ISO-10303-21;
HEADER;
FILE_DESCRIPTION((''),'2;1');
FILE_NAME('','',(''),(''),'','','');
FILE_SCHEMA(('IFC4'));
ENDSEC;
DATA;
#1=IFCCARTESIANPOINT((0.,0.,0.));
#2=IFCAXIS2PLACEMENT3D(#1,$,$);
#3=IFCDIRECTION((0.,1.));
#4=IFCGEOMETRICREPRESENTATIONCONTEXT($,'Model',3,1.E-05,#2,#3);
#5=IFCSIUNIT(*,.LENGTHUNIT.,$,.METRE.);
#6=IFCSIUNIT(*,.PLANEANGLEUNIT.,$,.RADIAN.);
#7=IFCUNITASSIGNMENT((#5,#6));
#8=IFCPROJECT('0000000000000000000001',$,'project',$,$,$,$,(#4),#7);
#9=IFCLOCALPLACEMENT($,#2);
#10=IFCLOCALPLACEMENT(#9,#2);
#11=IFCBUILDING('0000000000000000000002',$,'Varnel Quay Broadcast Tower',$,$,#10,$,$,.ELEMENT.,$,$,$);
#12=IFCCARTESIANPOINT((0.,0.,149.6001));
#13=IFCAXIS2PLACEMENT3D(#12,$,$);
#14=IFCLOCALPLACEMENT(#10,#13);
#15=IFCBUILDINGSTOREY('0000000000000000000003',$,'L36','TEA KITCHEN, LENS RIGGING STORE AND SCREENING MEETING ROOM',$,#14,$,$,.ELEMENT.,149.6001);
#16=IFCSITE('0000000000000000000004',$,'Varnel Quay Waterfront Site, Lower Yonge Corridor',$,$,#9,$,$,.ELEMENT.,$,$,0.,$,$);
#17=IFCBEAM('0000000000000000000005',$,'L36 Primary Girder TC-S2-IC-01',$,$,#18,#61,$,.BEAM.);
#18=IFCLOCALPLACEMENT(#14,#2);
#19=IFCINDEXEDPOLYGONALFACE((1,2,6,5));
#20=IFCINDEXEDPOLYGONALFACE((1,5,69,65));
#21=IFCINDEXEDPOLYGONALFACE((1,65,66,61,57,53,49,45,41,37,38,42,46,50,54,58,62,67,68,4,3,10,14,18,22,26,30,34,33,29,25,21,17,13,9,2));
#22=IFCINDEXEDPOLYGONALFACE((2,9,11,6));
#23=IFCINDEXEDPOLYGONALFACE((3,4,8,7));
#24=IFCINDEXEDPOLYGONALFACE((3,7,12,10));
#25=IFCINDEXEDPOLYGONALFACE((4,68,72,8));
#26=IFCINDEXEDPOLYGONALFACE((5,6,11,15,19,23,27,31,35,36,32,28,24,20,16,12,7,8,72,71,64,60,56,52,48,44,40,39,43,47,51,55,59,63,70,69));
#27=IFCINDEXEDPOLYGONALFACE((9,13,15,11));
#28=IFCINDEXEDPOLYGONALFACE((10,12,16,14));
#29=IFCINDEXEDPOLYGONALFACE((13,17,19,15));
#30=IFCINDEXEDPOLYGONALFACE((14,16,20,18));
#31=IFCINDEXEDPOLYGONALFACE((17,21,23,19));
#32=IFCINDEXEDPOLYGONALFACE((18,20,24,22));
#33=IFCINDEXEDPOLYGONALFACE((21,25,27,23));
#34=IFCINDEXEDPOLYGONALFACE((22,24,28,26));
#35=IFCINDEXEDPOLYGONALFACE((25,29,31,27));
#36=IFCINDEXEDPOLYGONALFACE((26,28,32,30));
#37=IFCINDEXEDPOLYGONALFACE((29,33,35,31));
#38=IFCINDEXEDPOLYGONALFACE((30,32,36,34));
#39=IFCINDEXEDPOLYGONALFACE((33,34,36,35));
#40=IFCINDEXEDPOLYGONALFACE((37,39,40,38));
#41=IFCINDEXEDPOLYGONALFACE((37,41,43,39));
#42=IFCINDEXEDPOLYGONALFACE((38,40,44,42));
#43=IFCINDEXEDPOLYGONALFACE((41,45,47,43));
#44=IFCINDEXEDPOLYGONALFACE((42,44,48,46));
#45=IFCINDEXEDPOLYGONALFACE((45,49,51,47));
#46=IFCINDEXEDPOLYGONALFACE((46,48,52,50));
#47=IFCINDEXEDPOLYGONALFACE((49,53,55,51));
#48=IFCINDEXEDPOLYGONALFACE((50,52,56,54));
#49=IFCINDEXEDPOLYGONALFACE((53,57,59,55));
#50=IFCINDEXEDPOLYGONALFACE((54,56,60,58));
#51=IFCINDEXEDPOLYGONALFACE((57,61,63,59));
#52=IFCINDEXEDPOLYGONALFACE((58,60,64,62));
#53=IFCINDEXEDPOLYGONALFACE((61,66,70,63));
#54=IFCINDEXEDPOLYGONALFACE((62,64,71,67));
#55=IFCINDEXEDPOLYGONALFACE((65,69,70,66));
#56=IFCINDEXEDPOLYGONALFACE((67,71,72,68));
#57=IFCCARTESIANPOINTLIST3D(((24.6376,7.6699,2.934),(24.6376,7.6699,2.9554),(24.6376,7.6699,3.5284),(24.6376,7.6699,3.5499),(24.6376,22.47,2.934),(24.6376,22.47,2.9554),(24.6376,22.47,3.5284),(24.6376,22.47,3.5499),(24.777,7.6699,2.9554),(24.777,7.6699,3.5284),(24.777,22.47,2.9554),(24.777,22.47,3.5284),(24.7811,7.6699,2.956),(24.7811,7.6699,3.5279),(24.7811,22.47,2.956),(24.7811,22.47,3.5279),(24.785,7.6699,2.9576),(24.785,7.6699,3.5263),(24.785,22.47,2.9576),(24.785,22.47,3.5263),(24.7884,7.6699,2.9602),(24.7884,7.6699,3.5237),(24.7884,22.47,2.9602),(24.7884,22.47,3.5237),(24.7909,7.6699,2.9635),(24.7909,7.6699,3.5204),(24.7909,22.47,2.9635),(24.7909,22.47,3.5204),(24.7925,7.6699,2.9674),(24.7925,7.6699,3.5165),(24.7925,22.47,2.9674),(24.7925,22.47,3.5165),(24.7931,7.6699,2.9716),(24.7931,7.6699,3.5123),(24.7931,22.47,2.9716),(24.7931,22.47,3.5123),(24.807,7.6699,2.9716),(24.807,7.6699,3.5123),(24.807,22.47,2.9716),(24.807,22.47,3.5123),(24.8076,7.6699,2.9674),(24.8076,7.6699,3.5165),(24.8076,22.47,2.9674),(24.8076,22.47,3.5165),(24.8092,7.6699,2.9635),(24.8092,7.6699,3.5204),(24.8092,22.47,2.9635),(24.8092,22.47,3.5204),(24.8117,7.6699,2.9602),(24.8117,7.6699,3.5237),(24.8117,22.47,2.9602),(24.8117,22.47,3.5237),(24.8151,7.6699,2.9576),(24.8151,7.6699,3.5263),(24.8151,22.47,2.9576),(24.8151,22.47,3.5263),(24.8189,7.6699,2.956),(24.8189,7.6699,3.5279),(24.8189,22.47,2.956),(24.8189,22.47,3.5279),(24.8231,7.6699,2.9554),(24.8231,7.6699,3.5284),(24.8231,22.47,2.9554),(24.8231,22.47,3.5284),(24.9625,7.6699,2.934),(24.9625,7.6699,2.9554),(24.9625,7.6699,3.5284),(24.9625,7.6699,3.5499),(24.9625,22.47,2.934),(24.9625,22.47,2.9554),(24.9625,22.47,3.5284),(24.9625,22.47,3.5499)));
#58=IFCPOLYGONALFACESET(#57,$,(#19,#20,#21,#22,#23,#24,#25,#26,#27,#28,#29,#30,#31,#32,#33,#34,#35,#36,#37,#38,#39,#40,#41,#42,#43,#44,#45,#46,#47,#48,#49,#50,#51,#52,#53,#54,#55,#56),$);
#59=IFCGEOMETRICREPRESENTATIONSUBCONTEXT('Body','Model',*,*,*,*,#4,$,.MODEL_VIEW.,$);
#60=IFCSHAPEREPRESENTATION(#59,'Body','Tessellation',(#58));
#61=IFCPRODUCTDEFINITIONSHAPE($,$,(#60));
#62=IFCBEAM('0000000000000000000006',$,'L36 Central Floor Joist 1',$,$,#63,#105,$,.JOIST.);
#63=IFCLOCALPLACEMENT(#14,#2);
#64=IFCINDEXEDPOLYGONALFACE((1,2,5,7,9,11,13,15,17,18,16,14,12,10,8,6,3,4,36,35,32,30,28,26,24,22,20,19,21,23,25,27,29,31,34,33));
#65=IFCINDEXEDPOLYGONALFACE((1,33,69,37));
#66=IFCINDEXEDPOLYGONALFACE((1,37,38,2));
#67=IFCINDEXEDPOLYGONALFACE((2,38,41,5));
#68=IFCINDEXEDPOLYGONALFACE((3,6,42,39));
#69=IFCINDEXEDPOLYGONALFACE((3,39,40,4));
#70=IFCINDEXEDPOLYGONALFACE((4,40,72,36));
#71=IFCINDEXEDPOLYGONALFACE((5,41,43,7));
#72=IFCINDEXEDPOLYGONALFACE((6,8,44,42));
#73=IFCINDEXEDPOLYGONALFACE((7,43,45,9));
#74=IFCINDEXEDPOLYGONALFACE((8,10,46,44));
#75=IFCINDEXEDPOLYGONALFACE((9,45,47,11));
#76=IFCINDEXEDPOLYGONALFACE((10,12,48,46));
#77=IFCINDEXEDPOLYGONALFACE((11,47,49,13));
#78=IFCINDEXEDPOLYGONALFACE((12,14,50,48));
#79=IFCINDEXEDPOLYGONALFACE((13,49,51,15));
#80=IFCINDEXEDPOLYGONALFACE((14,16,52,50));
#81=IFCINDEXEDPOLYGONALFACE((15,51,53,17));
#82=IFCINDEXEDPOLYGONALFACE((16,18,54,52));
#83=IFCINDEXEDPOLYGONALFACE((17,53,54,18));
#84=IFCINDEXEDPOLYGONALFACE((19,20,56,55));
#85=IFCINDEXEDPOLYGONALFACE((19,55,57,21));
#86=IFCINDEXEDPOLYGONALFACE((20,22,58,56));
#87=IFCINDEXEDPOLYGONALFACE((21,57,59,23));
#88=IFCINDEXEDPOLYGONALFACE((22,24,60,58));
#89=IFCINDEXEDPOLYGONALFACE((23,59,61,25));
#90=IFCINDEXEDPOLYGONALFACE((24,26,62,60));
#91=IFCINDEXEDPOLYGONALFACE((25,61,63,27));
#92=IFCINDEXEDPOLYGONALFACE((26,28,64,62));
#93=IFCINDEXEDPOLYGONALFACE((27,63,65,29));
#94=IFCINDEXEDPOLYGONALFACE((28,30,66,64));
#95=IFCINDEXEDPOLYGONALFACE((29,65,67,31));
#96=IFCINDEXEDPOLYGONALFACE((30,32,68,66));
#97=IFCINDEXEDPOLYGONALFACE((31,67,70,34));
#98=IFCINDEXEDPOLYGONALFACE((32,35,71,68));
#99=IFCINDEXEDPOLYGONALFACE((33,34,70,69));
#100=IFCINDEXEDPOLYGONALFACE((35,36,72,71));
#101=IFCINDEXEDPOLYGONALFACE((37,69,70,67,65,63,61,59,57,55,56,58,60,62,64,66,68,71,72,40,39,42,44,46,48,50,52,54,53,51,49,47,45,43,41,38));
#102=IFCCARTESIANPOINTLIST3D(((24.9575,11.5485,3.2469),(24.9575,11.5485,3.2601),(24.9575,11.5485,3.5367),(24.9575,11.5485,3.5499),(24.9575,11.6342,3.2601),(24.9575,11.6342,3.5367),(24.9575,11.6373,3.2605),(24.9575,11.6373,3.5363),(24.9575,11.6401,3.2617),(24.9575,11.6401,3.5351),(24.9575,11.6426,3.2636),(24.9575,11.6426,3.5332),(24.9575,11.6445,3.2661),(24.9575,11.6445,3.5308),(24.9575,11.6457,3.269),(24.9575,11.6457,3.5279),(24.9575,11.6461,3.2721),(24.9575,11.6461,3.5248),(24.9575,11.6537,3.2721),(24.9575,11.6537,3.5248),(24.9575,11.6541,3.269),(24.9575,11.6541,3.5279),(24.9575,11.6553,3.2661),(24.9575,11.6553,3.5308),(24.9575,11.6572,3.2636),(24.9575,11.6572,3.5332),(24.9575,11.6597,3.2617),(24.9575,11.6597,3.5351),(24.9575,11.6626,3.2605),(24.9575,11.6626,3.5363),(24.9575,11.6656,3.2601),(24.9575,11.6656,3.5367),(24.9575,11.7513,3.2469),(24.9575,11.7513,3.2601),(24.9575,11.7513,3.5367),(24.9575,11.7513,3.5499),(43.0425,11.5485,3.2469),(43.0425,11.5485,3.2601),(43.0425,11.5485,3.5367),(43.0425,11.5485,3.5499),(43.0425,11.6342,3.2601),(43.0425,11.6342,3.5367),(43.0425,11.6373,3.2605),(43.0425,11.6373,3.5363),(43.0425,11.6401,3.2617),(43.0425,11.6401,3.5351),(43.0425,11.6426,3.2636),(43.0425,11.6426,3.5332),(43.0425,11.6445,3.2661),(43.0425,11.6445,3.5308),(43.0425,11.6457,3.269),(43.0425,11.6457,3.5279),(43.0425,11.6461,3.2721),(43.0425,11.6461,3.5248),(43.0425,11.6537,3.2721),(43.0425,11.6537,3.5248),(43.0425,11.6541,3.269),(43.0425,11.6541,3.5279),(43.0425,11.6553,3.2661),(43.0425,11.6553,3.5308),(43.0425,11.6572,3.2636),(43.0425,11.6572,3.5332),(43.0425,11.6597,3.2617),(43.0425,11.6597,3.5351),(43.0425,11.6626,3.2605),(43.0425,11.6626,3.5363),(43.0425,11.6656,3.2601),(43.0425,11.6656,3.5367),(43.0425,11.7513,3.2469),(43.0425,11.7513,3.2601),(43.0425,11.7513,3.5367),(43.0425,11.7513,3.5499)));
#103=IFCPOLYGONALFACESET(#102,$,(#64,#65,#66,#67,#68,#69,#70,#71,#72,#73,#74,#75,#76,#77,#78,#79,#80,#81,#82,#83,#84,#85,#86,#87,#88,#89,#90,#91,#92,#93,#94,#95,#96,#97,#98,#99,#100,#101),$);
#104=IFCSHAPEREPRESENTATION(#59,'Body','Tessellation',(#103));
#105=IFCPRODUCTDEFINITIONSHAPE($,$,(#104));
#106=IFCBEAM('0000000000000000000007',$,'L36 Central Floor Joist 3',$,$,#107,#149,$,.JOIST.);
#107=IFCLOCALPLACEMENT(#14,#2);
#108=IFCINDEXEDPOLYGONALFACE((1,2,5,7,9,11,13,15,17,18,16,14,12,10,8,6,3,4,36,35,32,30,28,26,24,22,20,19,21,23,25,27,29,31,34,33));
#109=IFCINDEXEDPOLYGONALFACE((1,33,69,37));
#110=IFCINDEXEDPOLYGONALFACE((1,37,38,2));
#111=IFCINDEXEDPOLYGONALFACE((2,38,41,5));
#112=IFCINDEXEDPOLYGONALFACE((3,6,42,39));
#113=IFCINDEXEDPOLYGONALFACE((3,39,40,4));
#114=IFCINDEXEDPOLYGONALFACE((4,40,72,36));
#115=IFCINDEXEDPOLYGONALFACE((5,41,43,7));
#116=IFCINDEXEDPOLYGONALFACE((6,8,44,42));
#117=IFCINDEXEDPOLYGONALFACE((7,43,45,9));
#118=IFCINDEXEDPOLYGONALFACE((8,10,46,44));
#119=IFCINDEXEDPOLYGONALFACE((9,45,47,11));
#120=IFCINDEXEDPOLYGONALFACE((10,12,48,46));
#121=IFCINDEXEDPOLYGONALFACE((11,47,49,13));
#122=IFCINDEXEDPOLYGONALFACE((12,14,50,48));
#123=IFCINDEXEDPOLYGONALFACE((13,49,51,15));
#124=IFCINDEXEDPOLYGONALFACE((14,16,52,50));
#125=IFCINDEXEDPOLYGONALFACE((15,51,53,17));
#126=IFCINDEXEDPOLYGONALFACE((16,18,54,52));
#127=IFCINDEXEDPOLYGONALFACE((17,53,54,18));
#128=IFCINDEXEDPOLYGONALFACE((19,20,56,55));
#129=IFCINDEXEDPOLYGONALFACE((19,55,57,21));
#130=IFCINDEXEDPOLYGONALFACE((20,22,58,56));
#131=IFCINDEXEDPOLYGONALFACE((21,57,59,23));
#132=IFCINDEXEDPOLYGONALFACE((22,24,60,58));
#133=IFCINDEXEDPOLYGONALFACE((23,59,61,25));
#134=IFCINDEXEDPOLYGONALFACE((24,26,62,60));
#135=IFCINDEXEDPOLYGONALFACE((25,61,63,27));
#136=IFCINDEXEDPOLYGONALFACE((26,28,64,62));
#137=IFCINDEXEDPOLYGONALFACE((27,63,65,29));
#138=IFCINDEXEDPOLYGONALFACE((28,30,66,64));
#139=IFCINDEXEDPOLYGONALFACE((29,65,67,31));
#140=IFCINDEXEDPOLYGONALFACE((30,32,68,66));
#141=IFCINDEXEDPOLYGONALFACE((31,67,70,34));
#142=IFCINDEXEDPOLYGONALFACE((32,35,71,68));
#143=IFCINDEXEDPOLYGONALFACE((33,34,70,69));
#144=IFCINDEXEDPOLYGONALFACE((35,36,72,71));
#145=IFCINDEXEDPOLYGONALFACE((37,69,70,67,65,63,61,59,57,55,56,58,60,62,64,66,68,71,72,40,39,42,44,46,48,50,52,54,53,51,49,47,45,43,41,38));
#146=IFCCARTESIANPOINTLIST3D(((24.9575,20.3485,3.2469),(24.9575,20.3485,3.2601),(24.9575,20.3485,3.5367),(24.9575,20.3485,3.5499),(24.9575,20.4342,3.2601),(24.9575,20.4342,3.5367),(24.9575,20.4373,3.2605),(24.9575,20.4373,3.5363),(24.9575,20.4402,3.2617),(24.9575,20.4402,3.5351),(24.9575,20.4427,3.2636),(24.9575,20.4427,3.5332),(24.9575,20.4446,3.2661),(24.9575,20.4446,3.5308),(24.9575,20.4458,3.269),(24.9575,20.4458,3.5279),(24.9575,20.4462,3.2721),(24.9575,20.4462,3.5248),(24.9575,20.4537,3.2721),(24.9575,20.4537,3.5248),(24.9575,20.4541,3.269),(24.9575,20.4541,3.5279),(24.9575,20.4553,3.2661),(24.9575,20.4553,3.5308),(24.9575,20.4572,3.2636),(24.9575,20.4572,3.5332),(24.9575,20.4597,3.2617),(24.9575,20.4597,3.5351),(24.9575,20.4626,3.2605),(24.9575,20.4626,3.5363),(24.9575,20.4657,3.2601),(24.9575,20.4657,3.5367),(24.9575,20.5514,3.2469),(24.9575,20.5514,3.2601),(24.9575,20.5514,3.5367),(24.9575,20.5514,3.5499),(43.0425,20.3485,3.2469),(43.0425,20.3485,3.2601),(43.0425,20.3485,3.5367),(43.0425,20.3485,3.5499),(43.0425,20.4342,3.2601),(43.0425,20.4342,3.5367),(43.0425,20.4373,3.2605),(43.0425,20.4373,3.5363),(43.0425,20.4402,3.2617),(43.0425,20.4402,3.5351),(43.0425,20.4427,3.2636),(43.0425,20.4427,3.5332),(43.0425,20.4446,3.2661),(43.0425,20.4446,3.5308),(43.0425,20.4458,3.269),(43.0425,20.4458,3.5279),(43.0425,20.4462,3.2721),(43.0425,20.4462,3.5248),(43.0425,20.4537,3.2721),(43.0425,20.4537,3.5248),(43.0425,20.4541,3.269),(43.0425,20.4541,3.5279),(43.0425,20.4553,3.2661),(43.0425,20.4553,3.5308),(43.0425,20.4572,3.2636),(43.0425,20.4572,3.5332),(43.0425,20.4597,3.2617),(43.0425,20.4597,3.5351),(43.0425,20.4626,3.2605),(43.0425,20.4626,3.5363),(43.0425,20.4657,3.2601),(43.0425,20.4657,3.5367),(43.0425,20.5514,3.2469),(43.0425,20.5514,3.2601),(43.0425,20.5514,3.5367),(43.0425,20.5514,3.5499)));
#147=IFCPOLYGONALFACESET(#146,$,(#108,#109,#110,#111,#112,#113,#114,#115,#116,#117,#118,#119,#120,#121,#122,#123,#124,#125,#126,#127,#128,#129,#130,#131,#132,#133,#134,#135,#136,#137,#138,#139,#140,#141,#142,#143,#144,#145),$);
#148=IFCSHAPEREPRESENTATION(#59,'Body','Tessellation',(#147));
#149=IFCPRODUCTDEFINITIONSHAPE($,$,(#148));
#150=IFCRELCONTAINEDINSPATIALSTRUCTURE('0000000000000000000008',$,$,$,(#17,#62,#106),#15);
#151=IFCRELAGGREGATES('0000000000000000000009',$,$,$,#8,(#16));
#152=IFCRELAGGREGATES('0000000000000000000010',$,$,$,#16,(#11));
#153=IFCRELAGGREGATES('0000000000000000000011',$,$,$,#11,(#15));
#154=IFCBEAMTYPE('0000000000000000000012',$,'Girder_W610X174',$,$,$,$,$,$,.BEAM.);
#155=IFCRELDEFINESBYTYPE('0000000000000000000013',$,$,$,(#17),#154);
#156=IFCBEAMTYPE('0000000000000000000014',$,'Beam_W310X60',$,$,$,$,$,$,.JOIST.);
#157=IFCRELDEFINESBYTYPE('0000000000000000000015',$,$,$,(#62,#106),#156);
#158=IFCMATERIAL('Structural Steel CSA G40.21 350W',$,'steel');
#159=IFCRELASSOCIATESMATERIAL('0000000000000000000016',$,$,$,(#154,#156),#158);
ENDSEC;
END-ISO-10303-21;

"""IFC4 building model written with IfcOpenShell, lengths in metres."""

from ifc_helpers import new_model, si_unit, direction, frame, origin, origin_2d, place, context, subcontext, project, spatial, i_section, extrude, source, transform, mapped, material, material_profile, profile_set, type_object, type_shapes, element, save


model = new_model("IFC4")

# Units and contexts
model_context = context("Model", 3, precision=1e-05, world=origin(), true_north=direction((0.0, 1.0)))
body_context = subcontext(model_context, "Body", "Model", "MODEL_VIEW")
ifc_project = project(units=[si_unit("LENGTHUNIT", "METRE"), si_unit("PLANEANGLEUNIT", "RADIAN")], contexts=[model_context])

# Site, building, storey
site_placement = place(None, origin())
site = spatial("IfcSite", under=ifc_project, at=site_placement, Name="Varnel Quay Waterfront Site, Lower Yonge Corridor", CompositionType="ELEMENT", RefElevation=0.0)
building_placement = place(site_placement, origin())
building = spatial("IfcBuilding", under=site, at=building_placement, Name="Varnel Quay Broadcast Tower", CompositionType="ELEMENT")
storey_placement = place(building_placement, frame((0.0, 0.0, 149.6001)))
storey = spatial("IfcBuildingStorey", under=building, at=storey_placement, Name="L36", Description="TEA KITCHEN, LENS RIGGING STORE AND SCREENING MEETING ROOM", CompositionType="ELEMENT", Elevation=149.6001)

# Shared definitions
ifc_material_1 = material(Name="Structural Steel CSA G40.21 350W", Category="steel")

# Beams
ifc_material_profile_1 = material_profile(ifc_material_1, i_section(OverallWidth=0.325, OverallDepth=0.616, WebThickness=0.0139, FlangeThickness=0.0215, FilletRadius=0.0161, at=origin_2d()), Name="W610X174")
ifc_profile_set_1 = profile_set([ifc_material_profile_1], Name="Structural Steel CSA G40.21 350W")
beam_type_1 = type_object("IfcBeamType", Name="Girder_W610X174", PredefinedType="BEAM", material=ifc_profile_set_1)
shared_shape_1 = source(origin(), body_context, "Body", "SweptSolid", [
    extrude(i_section(OverallWidth=0.325, OverallDepth=0.616, WebThickness=0.0139, FlangeThickness=0.0215, FilletRadius=0.0161, at=origin_2d()), origin(), (0.0, 0.0, 1.0), 14.8),
])
type_shapes(beam_type_1, [shared_shape_1])
beam_1_placement = place(storey_placement, frame((24.8, 7.6699, 3.2419), z_axis=(0.0, 1.0, 0.0), x_axis=(-1.0, 0.0, 0.0)))
element("IfcBeam", 1, at=beam_1_placement, inside=storey, type_object=beam_type_1, Name="L36 Primary Girder TC-S2-IC-01", PredefinedType="BEAM", context=body_context, shape_type="MappedRepresentation", body=[
    mapped(shared_shape_1, transform((0.0, 0.0, 0.0), x_axis=(1.0, 0.0, 0.0), y_axis=(0.0, 1.0, 0.0), z_axis=(0.0, 0.0, 1.0), scale=1.0)),
])
ifc_material_profile_2 = material_profile(ifc_material_1, i_section(OverallWidth=0.2029, OverallDepth=0.303, WebThickness=0.0076, FlangeThickness=0.0132, FilletRadius=0.012, at=origin_2d()), Name="W310X60")
ifc_profile_set_2 = profile_set([ifc_material_profile_2], Name="Structural Steel CSA G40.21 350W")
beam_type_2 = type_object("IfcBeamType", Name="Beam_W310X60", PredefinedType="JOIST", material=ifc_profile_set_2)
shared_shape_2 = source(origin(), body_context, "Body", "SweptSolid", [
    extrude(i_section(OverallWidth=0.2029, OverallDepth=0.303, WebThickness=0.0076, FlangeThickness=0.0132, FilletRadius=0.012, at=origin_2d()), origin(), (0.0, 0.0, 1.0), 18.085),
])
type_shapes(beam_type_2, [shared_shape_2])
for number, where, z_axis, x_axis, name in (
    (2, (24.9575, 11.6499, 3.3984), (1.0, 0.0, 0.0), (0.0, 1.0, 0.0), "L36 Central Floor Joist 1"),
    (3, (24.9575, 20.45, 3.3984), (1.0, 0.0, 0.0), (0.0, 1.0, 0.0), "L36 Central Floor Joist 3"),
):
    element("IfcBeam", number, at=place(storey_placement, frame(where, z_axis=z_axis, x_axis=x_axis)), inside=storey, type_object=beam_type_2, Name=name, PredefinedType="JOIST", context=body_context, shape_type="MappedRepresentation", body=[
        mapped(shared_shape_2, transform((0.0, 0.0, 0.0), x_axis=(1.0, 0.0, 0.0), y_axis=(0.0, 1.0, 0.0), z_axis=(0.0, 0.0, 1.0), scale=1.0)),
    ])

save(model, "model.ifc")
